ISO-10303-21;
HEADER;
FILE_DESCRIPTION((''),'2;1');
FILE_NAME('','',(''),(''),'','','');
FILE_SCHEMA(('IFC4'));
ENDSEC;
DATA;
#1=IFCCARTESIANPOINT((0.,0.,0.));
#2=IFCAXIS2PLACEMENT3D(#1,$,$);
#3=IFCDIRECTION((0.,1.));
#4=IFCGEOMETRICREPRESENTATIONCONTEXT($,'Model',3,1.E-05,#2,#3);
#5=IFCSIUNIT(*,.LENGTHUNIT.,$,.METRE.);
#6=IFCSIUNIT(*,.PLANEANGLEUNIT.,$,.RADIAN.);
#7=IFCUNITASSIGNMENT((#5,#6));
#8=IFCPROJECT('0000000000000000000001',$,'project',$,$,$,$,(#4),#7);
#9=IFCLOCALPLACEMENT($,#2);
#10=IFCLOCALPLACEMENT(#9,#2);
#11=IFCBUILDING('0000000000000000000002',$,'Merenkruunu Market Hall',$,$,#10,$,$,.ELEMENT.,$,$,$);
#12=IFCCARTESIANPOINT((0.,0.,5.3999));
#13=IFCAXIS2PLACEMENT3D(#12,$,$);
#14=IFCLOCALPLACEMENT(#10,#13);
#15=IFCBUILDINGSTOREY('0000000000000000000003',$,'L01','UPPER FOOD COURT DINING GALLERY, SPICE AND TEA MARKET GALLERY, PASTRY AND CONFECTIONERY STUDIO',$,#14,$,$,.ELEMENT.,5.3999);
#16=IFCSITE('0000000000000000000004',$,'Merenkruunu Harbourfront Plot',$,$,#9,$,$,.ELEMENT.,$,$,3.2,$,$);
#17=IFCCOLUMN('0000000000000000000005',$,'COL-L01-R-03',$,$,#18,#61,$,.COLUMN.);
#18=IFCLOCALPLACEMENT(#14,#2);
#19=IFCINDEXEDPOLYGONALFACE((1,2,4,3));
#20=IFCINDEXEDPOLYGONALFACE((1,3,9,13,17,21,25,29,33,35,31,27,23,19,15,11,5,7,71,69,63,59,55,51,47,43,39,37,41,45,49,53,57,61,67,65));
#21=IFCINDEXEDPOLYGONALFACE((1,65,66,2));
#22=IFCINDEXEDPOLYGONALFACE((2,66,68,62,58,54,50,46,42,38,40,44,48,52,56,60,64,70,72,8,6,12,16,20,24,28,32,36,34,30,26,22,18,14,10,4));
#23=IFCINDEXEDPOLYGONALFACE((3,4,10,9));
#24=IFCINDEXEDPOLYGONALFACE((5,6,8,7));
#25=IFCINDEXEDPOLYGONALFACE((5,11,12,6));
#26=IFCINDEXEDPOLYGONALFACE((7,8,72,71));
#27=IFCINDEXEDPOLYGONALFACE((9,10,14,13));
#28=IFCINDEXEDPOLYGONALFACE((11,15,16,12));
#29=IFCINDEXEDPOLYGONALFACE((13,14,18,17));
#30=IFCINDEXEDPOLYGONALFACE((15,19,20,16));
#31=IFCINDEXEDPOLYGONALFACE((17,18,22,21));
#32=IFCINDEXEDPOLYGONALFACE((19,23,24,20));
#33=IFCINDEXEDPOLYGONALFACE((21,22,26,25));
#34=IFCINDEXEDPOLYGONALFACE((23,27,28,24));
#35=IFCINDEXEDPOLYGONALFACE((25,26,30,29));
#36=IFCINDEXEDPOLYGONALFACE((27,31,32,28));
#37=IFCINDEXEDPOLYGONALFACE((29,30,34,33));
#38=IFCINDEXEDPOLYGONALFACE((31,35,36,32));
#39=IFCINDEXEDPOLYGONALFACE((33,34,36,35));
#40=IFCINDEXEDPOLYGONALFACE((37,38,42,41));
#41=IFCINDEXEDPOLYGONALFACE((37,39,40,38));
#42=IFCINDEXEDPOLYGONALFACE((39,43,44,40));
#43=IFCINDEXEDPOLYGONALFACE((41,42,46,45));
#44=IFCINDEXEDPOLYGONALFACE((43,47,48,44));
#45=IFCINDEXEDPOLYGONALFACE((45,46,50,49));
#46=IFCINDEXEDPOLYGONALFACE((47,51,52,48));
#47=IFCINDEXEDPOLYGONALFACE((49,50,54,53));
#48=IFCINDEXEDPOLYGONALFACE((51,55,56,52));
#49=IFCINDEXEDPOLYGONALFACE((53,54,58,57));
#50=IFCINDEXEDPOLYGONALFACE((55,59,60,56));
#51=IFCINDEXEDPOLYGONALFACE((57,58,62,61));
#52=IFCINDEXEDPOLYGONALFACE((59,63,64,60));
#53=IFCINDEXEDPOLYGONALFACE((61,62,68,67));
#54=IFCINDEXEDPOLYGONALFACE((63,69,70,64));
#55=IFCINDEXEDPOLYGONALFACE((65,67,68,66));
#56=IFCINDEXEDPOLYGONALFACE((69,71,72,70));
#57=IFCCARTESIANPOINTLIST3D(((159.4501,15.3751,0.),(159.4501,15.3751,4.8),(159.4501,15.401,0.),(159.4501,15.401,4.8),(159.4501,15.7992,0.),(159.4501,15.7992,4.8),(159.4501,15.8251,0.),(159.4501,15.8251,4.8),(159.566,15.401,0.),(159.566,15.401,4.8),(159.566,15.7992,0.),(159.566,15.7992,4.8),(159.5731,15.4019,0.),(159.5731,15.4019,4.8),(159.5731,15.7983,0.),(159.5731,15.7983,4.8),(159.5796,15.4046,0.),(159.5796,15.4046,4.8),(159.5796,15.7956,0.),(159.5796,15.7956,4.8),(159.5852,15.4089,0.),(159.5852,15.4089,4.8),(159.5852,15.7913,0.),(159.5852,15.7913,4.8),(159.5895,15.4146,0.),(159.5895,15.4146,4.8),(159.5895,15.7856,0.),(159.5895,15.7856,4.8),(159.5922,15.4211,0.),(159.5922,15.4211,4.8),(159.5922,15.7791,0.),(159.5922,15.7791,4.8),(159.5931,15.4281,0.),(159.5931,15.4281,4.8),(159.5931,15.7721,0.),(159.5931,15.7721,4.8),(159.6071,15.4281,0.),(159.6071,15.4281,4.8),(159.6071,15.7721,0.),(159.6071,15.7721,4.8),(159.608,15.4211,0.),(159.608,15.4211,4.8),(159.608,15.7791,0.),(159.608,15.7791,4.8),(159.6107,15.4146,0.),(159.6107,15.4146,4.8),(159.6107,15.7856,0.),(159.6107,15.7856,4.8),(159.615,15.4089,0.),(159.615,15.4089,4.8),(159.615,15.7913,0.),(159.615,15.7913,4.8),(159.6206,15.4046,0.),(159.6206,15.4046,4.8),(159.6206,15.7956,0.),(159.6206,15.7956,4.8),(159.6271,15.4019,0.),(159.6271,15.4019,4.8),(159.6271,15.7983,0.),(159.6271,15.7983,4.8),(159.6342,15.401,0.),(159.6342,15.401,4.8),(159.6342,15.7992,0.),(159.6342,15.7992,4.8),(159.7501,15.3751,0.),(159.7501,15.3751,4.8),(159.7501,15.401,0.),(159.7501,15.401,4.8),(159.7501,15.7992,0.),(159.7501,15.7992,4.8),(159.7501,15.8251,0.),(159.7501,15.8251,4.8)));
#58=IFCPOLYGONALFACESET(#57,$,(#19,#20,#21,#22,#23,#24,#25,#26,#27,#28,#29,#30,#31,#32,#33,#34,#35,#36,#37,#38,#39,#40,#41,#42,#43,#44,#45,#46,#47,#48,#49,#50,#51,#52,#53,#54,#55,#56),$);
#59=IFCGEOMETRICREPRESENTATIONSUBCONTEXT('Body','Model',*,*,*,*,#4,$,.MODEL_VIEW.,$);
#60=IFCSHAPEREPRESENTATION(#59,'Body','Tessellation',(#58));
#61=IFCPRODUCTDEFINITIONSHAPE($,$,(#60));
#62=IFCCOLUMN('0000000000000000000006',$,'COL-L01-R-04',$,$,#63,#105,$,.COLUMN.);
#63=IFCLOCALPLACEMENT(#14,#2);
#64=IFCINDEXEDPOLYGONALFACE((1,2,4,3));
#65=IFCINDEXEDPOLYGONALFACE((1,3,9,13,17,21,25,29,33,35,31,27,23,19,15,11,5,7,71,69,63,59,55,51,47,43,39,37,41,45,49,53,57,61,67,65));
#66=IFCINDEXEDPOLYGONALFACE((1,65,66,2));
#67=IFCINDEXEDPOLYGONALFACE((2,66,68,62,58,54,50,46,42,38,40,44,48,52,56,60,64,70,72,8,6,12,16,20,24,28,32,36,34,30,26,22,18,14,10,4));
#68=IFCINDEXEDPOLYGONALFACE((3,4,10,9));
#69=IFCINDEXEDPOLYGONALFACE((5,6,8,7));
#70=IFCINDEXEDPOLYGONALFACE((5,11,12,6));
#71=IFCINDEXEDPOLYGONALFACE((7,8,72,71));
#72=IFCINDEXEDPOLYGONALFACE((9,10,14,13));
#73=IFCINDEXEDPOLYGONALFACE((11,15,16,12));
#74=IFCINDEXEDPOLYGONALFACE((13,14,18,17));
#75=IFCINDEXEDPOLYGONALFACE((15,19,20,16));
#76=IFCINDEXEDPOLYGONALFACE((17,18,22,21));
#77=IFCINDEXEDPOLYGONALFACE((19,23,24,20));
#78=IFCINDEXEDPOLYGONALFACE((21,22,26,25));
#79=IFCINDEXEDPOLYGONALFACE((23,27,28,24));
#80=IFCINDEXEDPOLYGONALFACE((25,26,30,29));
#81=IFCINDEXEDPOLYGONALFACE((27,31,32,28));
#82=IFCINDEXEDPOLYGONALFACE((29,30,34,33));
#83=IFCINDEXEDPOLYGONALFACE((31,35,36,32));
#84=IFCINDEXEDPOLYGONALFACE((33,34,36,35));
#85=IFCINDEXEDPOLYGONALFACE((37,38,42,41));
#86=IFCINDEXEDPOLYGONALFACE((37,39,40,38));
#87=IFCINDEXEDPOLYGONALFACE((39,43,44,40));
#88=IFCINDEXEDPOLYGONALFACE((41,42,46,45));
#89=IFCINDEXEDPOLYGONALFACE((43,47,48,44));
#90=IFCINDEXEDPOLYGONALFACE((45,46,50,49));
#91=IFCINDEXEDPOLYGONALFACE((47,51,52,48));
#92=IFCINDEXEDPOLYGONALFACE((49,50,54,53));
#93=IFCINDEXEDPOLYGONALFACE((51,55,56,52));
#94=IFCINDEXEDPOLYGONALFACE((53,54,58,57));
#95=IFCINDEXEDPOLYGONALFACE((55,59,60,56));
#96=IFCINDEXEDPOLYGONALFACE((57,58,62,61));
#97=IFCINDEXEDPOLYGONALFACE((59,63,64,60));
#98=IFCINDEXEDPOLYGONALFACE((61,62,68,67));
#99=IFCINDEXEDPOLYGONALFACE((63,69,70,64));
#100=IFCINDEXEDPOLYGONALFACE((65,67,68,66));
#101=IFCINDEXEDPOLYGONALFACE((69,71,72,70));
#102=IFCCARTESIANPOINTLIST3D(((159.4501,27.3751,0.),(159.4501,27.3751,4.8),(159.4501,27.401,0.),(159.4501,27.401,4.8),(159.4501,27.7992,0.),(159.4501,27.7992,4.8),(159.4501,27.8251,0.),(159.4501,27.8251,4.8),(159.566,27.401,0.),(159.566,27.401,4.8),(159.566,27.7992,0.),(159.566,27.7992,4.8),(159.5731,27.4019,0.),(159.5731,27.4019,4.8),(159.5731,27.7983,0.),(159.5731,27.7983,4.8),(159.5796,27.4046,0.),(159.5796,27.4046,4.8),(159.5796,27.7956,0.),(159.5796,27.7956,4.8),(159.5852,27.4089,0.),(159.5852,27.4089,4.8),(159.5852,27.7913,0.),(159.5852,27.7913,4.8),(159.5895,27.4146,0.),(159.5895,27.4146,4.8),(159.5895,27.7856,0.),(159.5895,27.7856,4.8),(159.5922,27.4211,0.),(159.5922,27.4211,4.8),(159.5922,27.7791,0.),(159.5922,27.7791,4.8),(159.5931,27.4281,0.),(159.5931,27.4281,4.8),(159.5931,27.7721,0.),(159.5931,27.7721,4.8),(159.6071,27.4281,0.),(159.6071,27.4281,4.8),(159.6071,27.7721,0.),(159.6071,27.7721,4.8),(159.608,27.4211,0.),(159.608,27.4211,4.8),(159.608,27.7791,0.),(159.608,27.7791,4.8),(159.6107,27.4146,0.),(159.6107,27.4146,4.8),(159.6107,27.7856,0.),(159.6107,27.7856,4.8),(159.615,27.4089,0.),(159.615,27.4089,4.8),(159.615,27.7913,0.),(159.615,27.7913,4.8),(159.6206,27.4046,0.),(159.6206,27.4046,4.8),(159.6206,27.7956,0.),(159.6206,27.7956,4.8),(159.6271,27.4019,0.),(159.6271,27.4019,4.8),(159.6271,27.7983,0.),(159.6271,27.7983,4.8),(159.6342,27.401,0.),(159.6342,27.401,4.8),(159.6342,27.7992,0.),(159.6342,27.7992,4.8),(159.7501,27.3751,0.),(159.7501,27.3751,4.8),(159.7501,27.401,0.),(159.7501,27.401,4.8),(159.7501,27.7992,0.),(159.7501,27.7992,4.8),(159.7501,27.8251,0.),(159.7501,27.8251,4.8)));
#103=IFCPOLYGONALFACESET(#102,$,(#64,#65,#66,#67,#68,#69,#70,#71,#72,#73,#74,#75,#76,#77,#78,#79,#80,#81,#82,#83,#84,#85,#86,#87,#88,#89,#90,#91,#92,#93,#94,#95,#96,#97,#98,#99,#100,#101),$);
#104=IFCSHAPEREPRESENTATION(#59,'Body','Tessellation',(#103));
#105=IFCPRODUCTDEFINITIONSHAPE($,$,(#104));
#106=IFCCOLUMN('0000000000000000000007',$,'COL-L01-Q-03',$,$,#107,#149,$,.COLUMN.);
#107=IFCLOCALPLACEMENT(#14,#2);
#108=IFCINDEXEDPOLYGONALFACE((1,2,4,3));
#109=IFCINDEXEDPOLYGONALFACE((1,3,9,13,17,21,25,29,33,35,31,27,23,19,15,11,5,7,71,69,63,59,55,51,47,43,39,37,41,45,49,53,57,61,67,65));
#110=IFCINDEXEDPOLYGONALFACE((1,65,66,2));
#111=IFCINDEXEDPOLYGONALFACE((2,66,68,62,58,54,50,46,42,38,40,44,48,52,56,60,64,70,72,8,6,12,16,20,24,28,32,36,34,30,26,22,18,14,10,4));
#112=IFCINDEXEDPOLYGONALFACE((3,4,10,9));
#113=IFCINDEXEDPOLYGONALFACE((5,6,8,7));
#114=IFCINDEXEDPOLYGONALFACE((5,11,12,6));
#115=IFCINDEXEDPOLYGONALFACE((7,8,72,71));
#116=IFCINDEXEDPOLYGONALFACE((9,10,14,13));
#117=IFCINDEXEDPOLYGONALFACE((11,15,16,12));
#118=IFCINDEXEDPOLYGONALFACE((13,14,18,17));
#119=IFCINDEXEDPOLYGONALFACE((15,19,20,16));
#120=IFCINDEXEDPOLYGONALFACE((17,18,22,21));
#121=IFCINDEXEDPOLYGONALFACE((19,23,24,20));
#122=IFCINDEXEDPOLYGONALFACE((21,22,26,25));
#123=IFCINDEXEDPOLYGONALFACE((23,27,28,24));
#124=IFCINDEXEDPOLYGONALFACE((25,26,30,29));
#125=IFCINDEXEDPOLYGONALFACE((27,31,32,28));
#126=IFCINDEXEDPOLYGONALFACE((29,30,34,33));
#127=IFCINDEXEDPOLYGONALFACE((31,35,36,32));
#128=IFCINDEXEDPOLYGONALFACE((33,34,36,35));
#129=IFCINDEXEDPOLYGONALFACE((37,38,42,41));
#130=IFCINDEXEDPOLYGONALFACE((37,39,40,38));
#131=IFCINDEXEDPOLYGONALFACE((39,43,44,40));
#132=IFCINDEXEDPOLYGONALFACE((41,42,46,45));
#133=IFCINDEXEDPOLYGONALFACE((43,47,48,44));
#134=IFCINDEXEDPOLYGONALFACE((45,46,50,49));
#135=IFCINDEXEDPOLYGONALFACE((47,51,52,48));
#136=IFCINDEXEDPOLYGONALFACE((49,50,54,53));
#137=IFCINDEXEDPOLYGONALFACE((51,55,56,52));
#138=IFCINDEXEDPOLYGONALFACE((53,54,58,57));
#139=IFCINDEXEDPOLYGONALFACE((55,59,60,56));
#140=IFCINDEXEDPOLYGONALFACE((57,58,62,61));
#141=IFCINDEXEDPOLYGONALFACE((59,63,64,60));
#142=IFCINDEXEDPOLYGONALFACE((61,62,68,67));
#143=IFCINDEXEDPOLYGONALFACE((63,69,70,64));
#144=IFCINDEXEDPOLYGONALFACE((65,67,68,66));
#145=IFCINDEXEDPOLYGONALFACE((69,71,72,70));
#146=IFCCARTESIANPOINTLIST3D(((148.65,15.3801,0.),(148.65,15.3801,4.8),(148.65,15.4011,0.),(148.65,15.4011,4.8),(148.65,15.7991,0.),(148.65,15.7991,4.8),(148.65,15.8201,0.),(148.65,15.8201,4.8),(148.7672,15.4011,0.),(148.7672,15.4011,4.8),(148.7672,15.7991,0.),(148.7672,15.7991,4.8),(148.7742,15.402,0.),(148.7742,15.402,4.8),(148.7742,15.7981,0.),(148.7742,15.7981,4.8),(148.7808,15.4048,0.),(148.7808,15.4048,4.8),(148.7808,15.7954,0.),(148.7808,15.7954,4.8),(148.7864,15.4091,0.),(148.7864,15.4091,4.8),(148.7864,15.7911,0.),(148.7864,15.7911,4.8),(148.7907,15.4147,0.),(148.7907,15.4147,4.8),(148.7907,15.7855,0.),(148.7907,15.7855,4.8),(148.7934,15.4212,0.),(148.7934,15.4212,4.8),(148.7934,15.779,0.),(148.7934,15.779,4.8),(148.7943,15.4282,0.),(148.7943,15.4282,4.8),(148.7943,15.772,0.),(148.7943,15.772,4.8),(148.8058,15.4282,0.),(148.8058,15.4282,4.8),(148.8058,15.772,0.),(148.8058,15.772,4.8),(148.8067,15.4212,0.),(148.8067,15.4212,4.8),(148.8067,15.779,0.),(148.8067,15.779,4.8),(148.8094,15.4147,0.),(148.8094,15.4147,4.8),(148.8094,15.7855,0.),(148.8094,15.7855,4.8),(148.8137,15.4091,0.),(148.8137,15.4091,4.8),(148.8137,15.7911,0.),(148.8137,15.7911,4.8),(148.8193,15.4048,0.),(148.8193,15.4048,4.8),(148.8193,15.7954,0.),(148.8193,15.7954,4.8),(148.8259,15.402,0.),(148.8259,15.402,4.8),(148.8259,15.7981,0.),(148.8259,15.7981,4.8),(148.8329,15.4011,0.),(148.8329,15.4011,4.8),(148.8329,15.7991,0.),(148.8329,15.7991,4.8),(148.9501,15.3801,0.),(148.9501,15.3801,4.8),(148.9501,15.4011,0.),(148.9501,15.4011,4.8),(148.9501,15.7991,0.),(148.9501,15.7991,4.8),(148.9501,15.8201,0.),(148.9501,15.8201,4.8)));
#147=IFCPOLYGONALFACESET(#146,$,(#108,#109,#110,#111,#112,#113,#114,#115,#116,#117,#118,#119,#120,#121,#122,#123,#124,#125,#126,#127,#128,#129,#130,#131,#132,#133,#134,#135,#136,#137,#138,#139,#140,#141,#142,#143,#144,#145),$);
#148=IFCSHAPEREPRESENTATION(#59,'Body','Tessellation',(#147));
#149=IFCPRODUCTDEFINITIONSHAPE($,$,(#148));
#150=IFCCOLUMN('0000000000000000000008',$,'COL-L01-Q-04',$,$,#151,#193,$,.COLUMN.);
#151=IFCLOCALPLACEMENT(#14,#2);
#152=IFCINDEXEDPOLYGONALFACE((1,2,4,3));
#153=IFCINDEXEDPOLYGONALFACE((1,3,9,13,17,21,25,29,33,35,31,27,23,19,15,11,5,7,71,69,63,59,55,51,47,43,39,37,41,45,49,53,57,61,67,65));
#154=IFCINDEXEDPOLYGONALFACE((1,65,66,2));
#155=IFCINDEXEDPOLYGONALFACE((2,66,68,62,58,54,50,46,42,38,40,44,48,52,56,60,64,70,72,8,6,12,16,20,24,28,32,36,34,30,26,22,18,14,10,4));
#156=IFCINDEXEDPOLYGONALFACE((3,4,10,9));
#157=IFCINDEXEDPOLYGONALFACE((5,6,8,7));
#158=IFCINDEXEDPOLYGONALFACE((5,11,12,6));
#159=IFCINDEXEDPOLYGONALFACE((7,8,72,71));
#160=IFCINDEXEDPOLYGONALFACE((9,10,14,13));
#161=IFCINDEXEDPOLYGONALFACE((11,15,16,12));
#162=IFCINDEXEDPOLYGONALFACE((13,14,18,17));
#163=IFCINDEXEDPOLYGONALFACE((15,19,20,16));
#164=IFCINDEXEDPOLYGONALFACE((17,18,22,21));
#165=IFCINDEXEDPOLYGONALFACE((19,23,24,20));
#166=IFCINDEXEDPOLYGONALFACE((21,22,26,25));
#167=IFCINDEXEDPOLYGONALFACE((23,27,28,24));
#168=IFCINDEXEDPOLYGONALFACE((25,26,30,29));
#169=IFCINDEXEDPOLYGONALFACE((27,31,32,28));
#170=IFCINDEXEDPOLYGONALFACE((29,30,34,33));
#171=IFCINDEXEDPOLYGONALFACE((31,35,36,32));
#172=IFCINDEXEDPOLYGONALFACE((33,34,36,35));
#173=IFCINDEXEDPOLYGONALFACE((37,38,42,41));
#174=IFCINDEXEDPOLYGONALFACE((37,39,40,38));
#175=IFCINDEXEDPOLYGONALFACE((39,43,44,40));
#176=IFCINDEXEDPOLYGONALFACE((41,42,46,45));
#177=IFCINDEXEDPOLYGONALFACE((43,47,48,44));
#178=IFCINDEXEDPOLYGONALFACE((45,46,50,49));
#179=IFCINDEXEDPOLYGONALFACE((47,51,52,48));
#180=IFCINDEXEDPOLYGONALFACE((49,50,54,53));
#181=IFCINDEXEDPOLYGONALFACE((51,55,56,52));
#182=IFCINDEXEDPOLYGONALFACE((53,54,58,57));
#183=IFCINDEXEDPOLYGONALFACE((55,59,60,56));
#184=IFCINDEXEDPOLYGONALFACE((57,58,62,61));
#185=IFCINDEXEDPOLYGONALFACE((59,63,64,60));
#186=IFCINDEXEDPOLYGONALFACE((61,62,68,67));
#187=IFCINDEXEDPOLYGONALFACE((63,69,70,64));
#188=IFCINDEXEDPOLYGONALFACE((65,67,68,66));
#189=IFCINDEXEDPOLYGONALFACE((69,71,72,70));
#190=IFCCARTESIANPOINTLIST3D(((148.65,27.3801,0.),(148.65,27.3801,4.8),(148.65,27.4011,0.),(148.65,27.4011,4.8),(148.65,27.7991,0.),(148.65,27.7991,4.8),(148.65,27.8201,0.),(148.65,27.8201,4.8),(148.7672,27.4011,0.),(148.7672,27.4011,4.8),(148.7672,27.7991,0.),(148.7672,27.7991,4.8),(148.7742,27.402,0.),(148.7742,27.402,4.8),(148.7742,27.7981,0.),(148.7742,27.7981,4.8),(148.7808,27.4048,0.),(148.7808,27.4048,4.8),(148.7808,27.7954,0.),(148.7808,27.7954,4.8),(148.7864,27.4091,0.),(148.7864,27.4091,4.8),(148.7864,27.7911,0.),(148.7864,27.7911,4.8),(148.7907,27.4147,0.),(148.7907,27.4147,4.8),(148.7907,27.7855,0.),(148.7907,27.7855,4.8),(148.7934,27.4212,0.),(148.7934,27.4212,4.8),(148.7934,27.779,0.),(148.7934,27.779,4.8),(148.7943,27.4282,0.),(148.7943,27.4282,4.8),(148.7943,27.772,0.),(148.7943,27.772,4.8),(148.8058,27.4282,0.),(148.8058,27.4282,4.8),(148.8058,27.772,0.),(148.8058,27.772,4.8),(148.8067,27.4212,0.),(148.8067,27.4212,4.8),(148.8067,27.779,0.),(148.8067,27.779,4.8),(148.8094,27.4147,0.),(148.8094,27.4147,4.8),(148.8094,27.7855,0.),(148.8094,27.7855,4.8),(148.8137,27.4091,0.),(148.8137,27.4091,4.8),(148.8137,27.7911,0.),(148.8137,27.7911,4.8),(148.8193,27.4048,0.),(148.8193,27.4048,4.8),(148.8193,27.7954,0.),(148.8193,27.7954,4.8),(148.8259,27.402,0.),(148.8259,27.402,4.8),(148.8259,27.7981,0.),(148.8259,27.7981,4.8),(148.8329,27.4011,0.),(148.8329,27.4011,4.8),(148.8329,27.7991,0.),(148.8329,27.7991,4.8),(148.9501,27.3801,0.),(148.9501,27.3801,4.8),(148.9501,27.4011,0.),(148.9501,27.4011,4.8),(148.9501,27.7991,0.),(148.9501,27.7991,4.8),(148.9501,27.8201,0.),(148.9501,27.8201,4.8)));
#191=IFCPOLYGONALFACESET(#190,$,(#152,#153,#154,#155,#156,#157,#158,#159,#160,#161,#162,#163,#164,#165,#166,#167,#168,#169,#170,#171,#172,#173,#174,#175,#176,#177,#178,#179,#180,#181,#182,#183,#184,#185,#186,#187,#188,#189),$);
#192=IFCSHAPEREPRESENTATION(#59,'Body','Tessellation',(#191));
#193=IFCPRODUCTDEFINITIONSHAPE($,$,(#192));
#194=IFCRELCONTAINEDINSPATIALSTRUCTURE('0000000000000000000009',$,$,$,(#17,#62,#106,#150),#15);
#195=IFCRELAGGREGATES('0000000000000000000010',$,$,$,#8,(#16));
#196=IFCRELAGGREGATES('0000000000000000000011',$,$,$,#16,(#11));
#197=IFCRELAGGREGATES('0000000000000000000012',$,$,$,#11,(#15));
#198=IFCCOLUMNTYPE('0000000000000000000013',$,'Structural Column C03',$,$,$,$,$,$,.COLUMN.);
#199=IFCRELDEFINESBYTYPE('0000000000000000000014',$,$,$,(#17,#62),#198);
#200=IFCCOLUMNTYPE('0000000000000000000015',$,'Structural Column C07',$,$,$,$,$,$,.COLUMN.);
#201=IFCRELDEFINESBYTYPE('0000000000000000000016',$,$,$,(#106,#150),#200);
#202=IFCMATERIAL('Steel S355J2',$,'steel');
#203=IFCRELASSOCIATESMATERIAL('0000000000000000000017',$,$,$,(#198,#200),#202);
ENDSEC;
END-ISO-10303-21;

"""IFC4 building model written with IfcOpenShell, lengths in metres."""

from ifc_helpers import new_model, si_unit, direction, frame, origin, origin_2d, place, context, subcontext, project, spatial, i_section, extrude, material, material_profile, profile_set, type_object, element, save


model = new_model("IFC4")

# Units and contexts
model_context = context("Model", 3, precision=1e-05, world=origin(), true_north=direction((0.0, 1.0)))
body_context = subcontext(model_context, "Body", "Model", "MODEL_VIEW")
ifc_project = project(units=[si_unit("LENGTHUNIT", "METRE"), si_unit("PLANEANGLEUNIT", "RADIAN")], contexts=[model_context])

# Site, building, storey
site_placement = place(None, origin())
site = spatial("IfcSite", under=ifc_project, at=site_placement, Name="Merenkruunu Harbourfront Plot", CompositionType="ELEMENT", RefElevation=3.2)
building_placement = place(site_placement, origin())
building = spatial("IfcBuilding", under=site, at=building_placement, Name="Merenkruunu Market Hall", CompositionType="ELEMENT")
storey_placement = place(building_placement, frame((0.0, 0.0, 5.3999)))
storey = spatial("IfcBuildingStorey", under=building, at=storey_placement, Name="L01", Description="UPPER FOOD COURT DINING GALLERY, SPICE AND TEA MARKET GALLERY, PASTRY AND CONFECTIONERY STUDIO", CompositionType="ELEMENT", Elevation=5.3999)

# Columns
ifc_material_1 = material(Name="Steel S355J2", Category="steel")
ifc_material_profile_1 = material_profile(ifc_material_1, i_section(OverallWidth=0.3, OverallDepth=0.45, WebThickness=0.0139, FlangeThickness=0.0259, FilletRadius=0.0271, at=origin_2d()), Name="HEB 450")
ifc_profile_set_1 = profile_set([ifc_material_profile_1], Name="Steel S355J2")
column_type_1 = type_object("IfcColumnType", Name="Structural Column C03", PredefinedType="COLUMN", material=ifc_profile_set_1)
for number, where, z_axis, x_axis, name in (
    (1, (159.6001, 15.6001, 0.0), (0.0, 0.0, 1.0), (1.0, 0.0, 0.0), "COL-L01-R-03"),
    (2, (159.6001, 27.6001, 0.0), (0.0, 0.0, 1.0), (1.0, 0.0, 0.0), "COL-L01-R-04"),
):
    element("IfcColumn", number, at=place(storey_placement, frame(where, z_axis=z_axis, x_axis=x_axis)), inside=storey, type_object=column_type_1, Name=name, PredefinedType="COLUMN", context=body_context, shape_type="SweptSolid", body=[
        extrude(i_section(OverallWidth=0.3, OverallDepth=0.45, WebThickness=0.0139, FlangeThickness=0.0259, FilletRadius=0.0271, at=origin_2d()), origin(), (0.0, 0.0, 1.0), 4.8),
    ])
ifc_material_profile_2 = material_profile(ifc_material_1, i_section(OverallWidth=0.3, OverallDepth=0.4399, WebThickness=0.0115, FlangeThickness=0.021, FilletRadius=0.0271, at=origin_2d()), Name="HEA 450")
ifc_profile_set_2 = profile_set([ifc_material_profile_2], Name="Steel S355J2")
column_type_2 = type_object("IfcColumnType", Name="Structural Column C07", PredefinedType="COLUMN", material=ifc_profile_set_2)
for number, where, z_axis, x_axis, name in (
    (3, (148.8, 15.6001, 0.0), (0.0, 0.0, 1.0), (1.0, 0.0, 0.0), "COL-L01-Q-03"),
    (4, (148.8, 27.6001, 0.0), (0.0, 0.0, 1.0), (1.0, 0.0, 0.0), "COL-L01-Q-04"),
):
    element("IfcColumn", number, at=place(storey_placement, frame(where, z_axis=z_axis, x_axis=x_axis)), inside=storey, type_object=column_type_2, Name=name, PredefinedType="COLUMN", context=body_context, shape_type="SweptSolid", body=[
        extrude(i_section(OverallWidth=0.3, OverallDepth=0.4399, WebThickness=0.0115, FlangeThickness=0.021, FilletRadius=0.0271, at=origin_2d()), origin(), (0.0, 0.0, 1.0), 4.8),
    ])

save(model, "model.ifc")
